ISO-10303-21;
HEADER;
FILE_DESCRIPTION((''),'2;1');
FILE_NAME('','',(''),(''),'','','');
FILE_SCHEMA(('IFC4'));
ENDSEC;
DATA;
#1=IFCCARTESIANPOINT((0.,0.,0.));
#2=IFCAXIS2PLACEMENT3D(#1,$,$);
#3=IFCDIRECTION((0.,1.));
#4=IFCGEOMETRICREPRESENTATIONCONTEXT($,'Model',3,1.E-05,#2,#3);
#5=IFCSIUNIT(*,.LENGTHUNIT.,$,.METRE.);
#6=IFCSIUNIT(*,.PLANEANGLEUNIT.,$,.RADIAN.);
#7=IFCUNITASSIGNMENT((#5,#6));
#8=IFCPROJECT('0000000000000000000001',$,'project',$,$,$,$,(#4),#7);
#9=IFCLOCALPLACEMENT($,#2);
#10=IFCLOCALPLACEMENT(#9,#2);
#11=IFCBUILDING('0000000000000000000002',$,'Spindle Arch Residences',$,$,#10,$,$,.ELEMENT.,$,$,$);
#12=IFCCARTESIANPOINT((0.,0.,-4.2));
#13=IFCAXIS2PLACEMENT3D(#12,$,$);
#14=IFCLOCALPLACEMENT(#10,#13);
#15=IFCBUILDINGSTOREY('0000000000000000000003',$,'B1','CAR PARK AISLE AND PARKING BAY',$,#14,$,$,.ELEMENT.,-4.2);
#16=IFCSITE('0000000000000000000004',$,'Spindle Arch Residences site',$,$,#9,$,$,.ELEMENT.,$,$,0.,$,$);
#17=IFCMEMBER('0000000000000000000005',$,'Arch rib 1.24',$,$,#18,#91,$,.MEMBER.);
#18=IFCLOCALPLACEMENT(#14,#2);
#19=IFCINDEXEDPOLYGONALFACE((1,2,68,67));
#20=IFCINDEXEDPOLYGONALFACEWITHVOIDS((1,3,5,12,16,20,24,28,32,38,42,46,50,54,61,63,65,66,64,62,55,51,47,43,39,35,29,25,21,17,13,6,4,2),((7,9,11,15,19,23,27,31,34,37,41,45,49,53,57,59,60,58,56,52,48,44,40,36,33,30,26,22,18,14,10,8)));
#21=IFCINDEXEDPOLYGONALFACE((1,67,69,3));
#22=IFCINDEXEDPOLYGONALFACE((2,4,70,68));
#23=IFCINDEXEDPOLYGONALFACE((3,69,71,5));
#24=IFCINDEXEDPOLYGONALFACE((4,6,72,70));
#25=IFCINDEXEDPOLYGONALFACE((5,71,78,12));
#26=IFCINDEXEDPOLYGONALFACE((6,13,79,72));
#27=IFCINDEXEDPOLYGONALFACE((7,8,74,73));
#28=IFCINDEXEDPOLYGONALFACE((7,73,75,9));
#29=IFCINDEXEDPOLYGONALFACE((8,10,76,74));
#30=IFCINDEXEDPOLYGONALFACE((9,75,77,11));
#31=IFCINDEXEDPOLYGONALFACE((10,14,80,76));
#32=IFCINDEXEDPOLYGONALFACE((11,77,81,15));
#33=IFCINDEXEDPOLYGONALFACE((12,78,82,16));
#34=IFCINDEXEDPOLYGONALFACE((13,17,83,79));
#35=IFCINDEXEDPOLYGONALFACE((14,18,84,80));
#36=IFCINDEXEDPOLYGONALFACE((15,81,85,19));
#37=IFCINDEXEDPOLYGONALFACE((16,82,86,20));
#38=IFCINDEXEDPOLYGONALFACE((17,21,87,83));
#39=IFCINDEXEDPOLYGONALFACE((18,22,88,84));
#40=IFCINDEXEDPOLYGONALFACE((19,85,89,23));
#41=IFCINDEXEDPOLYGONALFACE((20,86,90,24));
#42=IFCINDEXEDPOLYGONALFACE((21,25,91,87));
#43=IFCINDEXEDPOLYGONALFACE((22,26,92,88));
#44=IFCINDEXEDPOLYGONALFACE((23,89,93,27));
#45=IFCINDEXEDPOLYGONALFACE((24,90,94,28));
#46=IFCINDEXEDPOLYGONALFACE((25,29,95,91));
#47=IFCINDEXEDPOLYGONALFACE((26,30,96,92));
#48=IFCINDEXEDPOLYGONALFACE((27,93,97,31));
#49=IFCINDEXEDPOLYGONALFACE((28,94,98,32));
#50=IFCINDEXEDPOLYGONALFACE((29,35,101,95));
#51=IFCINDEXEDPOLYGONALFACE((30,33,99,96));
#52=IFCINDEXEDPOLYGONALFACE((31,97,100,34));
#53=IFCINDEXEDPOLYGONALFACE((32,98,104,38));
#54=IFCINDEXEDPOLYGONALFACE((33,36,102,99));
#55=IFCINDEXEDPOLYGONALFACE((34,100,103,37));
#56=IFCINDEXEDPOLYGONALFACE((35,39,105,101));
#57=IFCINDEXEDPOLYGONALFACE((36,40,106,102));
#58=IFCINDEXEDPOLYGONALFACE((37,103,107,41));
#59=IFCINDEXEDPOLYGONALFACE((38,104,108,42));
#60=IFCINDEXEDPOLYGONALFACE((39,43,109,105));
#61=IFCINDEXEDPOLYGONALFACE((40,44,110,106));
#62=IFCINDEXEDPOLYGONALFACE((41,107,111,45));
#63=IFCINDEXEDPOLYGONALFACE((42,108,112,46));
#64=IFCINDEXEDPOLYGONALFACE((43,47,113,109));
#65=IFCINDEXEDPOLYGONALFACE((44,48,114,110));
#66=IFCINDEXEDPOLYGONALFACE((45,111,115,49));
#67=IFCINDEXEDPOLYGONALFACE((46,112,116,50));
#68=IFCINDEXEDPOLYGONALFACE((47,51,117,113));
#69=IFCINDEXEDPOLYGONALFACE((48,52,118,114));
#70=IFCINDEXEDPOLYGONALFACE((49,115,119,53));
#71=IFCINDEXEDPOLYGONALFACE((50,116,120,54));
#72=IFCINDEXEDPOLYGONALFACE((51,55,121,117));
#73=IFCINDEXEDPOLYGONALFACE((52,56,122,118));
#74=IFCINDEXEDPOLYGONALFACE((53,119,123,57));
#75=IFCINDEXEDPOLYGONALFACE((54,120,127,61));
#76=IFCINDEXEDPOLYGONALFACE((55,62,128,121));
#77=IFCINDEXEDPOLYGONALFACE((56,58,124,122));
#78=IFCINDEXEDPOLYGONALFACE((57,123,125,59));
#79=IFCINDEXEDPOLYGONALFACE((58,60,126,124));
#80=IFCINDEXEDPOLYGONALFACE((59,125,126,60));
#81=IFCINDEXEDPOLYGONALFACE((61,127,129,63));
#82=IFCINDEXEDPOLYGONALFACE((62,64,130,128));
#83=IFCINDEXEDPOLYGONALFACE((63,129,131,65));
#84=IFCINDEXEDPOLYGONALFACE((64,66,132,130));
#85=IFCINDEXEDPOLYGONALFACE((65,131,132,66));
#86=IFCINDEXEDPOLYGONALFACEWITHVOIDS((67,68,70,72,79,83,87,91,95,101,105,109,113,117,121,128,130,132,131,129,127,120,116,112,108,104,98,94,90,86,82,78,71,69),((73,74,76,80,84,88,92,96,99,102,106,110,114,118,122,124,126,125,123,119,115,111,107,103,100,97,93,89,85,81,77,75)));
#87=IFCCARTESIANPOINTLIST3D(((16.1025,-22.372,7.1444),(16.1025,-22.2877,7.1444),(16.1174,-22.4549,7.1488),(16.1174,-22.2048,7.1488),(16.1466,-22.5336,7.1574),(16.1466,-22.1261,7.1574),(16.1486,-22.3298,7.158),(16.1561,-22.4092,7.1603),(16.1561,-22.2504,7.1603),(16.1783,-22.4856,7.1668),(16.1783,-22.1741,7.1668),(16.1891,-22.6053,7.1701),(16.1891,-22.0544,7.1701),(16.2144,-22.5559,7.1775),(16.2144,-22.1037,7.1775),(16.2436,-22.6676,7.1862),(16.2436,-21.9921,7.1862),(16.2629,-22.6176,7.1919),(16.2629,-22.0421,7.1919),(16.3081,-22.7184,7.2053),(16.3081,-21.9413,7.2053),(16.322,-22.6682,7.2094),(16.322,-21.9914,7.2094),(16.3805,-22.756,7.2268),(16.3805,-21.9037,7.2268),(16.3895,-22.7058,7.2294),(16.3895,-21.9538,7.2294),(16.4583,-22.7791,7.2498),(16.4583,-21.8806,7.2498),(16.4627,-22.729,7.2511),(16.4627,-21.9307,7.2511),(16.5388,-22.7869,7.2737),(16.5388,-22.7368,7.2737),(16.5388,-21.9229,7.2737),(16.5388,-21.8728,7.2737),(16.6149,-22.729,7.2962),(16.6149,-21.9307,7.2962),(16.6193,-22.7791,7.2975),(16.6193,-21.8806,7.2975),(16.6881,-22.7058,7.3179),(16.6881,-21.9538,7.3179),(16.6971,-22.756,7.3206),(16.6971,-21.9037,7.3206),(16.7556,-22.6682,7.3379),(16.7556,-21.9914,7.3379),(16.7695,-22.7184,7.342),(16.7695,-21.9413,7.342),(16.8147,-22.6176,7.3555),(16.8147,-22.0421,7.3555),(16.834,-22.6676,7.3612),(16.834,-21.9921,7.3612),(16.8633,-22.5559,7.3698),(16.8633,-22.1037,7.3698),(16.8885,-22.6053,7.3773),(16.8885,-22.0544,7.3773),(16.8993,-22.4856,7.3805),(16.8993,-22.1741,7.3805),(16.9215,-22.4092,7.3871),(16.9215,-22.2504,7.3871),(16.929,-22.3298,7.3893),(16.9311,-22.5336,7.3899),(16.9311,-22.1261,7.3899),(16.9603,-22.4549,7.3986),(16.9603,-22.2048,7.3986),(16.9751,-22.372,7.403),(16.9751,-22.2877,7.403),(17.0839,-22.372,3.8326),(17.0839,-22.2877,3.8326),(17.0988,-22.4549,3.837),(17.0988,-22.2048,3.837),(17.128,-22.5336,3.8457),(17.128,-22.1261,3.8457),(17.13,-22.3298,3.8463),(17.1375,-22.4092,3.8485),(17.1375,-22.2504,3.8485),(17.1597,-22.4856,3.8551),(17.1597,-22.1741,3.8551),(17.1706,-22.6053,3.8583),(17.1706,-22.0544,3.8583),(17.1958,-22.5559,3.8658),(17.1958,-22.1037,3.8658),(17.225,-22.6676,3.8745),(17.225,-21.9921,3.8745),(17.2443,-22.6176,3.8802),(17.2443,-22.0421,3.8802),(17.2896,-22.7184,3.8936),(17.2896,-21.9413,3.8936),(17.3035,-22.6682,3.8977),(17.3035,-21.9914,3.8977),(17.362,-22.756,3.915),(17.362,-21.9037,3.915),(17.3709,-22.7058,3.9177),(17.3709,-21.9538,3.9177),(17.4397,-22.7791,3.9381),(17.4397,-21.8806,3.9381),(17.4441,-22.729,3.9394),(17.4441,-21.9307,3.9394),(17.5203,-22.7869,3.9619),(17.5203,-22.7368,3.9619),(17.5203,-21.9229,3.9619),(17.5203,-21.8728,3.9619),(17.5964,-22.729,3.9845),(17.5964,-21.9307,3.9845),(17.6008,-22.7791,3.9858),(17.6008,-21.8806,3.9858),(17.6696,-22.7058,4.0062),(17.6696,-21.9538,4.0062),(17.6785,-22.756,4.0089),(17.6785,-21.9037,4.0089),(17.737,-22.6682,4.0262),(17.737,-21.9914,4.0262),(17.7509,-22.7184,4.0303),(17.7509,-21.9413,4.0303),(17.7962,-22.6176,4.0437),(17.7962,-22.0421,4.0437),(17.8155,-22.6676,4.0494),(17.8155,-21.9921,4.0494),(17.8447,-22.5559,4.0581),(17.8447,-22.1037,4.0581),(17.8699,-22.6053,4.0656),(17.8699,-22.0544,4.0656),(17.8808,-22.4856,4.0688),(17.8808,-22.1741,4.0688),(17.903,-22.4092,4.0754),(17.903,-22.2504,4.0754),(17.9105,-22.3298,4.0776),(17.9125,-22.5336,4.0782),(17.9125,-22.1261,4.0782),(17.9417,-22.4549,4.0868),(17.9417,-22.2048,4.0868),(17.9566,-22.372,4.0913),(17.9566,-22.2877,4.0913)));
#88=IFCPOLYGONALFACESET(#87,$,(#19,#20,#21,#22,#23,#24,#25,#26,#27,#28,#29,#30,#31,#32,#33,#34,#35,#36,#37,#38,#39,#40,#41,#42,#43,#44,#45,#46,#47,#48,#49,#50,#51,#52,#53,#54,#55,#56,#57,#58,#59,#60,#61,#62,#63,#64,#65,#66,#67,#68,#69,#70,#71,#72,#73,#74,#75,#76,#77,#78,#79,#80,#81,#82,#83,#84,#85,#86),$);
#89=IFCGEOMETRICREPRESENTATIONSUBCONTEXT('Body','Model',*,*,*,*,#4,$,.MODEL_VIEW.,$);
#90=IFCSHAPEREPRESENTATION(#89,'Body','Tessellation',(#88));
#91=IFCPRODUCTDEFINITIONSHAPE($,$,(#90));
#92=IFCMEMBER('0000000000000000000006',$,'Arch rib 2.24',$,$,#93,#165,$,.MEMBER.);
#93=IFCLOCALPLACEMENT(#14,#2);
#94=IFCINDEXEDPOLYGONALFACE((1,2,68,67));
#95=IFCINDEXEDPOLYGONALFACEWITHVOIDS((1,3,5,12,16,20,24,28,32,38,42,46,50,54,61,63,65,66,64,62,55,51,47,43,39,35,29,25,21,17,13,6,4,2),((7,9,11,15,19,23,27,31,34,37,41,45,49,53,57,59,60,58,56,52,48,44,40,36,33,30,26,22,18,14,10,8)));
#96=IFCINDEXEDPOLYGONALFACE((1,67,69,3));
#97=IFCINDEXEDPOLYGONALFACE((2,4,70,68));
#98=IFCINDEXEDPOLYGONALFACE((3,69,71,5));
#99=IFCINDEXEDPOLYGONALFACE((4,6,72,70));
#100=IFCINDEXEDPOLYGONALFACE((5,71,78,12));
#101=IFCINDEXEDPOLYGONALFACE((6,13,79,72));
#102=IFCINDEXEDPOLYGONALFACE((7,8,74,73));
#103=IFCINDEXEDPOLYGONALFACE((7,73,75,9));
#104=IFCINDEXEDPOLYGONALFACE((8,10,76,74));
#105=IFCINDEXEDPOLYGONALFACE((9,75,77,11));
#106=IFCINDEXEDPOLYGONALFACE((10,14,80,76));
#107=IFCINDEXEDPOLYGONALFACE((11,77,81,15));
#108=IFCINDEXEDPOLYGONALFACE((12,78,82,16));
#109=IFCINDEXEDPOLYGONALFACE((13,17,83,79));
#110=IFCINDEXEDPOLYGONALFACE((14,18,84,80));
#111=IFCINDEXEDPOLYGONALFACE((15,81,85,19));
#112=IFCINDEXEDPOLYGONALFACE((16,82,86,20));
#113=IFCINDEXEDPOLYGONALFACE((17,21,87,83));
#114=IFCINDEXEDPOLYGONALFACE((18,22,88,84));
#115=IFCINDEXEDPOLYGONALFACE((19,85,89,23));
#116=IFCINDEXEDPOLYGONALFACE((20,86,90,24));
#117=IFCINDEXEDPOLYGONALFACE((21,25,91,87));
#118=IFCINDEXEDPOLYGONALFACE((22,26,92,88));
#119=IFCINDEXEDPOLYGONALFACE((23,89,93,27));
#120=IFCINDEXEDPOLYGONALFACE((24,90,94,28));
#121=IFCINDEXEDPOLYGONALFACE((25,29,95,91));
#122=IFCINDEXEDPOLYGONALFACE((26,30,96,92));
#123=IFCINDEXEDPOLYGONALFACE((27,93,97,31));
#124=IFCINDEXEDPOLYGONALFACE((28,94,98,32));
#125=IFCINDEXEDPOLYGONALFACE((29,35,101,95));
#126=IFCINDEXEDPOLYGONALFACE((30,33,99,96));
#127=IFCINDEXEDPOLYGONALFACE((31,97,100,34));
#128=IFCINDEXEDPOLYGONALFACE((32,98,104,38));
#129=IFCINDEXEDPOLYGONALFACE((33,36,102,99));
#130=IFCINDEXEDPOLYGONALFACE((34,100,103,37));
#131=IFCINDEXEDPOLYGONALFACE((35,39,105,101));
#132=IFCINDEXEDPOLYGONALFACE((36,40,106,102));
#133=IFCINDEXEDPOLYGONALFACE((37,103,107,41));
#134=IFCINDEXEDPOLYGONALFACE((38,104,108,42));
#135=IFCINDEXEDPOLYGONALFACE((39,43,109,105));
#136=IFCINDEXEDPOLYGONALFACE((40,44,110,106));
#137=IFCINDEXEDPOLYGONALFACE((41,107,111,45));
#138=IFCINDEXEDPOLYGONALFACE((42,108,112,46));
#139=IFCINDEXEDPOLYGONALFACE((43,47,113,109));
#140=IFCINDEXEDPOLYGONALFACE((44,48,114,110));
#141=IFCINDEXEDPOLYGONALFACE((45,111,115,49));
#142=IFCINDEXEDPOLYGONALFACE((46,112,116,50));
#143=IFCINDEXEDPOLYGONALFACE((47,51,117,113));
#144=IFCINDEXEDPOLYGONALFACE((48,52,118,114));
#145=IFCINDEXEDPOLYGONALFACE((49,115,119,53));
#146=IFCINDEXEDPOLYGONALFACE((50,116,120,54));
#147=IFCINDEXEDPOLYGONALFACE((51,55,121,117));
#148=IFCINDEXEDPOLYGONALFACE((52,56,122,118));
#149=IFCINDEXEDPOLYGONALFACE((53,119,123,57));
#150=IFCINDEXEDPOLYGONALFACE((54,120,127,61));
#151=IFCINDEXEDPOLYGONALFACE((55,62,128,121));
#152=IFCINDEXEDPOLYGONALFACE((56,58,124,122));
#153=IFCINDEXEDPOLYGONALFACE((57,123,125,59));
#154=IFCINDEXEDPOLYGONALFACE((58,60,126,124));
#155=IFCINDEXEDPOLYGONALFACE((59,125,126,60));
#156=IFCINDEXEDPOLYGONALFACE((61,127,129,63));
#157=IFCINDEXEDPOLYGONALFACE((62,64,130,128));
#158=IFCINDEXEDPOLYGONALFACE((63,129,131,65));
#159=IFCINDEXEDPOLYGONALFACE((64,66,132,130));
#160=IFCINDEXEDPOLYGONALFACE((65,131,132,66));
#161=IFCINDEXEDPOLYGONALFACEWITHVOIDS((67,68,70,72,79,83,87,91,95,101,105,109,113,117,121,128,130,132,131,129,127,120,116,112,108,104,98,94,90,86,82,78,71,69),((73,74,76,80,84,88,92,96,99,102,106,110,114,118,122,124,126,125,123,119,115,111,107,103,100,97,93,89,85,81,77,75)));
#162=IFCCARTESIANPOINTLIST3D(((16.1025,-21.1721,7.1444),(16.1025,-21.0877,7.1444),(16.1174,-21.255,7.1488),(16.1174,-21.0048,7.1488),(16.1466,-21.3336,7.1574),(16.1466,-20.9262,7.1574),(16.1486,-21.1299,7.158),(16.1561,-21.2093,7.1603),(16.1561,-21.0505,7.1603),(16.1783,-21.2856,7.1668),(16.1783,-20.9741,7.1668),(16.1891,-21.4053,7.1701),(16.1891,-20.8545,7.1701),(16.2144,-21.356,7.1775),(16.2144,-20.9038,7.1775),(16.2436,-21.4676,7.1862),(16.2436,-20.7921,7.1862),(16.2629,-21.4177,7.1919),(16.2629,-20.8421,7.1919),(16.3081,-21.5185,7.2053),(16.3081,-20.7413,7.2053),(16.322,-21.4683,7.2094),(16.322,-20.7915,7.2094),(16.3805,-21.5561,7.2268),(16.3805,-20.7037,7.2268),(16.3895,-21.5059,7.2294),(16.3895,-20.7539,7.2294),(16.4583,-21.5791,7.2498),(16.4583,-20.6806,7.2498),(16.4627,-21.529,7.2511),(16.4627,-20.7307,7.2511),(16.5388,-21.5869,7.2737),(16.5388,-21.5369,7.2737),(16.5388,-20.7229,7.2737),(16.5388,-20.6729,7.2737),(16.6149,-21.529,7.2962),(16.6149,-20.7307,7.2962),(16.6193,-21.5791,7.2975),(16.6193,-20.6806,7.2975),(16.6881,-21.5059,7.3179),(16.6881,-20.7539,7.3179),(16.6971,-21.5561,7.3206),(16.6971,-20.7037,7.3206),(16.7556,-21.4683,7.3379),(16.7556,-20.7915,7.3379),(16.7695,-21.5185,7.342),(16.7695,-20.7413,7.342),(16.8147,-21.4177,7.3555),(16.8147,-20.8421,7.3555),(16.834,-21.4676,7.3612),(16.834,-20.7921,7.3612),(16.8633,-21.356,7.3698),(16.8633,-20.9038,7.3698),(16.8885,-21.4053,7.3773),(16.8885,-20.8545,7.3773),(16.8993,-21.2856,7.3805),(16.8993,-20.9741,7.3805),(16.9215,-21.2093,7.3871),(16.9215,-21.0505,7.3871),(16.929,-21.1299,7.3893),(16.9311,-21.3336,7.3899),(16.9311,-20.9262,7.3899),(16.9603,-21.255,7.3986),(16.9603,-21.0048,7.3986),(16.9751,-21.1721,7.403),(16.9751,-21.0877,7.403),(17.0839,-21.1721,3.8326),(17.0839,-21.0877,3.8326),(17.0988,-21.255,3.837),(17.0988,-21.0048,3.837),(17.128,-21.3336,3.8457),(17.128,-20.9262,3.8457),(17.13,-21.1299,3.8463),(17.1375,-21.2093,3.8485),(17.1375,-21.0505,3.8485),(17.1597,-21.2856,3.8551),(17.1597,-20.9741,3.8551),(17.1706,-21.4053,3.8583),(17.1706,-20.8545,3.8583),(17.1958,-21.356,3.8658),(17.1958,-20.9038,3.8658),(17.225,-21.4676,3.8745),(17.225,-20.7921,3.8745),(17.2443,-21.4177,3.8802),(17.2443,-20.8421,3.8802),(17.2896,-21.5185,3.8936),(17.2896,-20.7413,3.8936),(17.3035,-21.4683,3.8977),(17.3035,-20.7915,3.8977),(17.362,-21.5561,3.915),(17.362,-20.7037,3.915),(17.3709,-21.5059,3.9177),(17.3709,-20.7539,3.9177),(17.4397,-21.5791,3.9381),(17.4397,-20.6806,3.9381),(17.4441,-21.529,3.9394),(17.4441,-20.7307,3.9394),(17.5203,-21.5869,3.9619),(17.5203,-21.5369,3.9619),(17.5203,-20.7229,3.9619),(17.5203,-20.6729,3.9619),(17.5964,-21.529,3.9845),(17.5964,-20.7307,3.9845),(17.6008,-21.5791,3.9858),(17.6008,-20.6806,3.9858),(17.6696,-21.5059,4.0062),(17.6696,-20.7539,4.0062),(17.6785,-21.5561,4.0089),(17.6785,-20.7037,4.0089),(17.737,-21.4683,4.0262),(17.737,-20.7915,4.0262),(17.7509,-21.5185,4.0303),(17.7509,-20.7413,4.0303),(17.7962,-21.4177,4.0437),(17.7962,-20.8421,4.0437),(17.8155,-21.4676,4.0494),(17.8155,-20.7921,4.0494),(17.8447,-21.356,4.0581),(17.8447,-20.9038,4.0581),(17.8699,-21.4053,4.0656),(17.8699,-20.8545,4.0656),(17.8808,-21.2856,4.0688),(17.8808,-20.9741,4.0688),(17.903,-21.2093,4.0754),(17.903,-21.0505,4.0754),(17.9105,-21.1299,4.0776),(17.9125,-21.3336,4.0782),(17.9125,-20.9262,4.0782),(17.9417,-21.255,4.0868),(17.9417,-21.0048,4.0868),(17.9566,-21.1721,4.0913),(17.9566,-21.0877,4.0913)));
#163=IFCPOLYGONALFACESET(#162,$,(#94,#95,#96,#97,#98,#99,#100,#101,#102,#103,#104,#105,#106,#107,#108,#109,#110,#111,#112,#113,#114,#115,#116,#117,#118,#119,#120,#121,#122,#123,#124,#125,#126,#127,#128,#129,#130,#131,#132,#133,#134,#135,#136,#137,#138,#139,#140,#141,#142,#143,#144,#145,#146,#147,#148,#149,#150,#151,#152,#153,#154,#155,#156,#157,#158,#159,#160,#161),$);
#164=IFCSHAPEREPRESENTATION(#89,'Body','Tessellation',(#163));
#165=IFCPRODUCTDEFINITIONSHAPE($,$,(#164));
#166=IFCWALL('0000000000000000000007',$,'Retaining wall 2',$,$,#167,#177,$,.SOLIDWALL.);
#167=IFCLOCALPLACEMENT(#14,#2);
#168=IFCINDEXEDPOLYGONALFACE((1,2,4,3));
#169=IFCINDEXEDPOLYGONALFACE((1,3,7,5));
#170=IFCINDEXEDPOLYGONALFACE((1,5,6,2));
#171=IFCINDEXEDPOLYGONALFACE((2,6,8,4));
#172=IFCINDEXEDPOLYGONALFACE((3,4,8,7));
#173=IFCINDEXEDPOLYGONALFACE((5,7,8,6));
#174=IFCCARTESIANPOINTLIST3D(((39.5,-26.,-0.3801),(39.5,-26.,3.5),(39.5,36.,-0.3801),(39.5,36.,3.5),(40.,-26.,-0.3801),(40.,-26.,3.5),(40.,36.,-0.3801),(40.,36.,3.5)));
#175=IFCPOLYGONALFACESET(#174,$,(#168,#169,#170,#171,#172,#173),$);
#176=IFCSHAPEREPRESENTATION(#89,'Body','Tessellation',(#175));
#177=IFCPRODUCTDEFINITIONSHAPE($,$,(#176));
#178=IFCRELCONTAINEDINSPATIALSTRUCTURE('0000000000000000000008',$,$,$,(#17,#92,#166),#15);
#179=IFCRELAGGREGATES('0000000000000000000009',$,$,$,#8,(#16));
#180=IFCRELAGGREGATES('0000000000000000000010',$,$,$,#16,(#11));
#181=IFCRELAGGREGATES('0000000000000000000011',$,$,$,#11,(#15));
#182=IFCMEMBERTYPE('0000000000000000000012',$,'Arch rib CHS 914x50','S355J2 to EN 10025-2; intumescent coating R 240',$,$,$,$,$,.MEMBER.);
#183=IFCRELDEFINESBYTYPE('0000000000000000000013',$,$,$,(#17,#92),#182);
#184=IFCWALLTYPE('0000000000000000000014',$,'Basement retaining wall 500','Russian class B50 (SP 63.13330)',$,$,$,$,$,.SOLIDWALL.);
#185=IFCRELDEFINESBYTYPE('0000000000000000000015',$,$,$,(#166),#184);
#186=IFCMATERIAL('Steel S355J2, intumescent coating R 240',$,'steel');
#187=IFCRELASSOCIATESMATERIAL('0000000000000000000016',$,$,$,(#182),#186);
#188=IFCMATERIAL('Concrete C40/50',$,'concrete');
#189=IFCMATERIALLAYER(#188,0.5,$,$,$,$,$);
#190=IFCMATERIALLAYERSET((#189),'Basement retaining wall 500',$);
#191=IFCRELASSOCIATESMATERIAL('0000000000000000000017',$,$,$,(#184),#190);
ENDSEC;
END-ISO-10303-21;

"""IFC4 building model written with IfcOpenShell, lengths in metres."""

from ifc_helpers import new_model, si_unit, direction, frame, frame_2d, origin, origin_2d, place, context, subcontext, project, spatial, rectangle, hollow_circle, extrude, material, layer, layer_set, material_profile, profile_set, type_object, element, save


model = new_model("IFC4")

# Units and contexts
model_context = context("Model", 3, precision=1e-05, world=origin(), true_north=direction((0.0, 1.0)))
body_context = subcontext(model_context, "Body", "Model", "MODEL_VIEW")
ifc_project = project(units=[si_unit("LENGTHUNIT", "METRE"), si_unit("PLANEANGLEUNIT", "RADIAN")], contexts=[model_context])

# Site, building, storey
site_placement = place(None, origin())
site = spatial("IfcSite", under=ifc_project, at=site_placement, Name="Spindle Arch Residences site", CompositionType="ELEMENT", RefElevation=0.0)
building_placement = place(site_placement, origin())
building = spatial("IfcBuilding", under=site, at=building_placement, Name="Spindle Arch Residences", CompositionType="ELEMENT")
storey_placement = place(building_placement, frame((0.0, 0.0, -4.2)))
storey = spatial("IfcBuildingStorey", under=building, at=storey_placement, Name="B1", Description="CAR PARK AISLE AND PARKING BAY", CompositionType="ELEMENT", Elevation=-4.2)

# Members
ifc_material_1 = material(Name="Steel S355J2, intumescent coating R 240", Category="steel")
ifc_material_profile_1 = material_profile(ifc_material_1, hollow_circle(Radius=0.457, WallThickness=0.05, at=origin_2d()), Name="CHS 914x50")
ifc_profile_set_1 = profile_set([ifc_material_profile_1], Name="Steel S355J2, intumescent coating R 240")
member_type = type_object("IfcMemberType", Name="Arch rib CHS 914x50", Description="S355J2 to EN 10025-2; intumescent coating R 240", PredefinedType="MEMBER", material=ifc_profile_set_1)
for number, where, z_axis, x_axis, name in (
    (1, (16.5388, -22.3298, 7.2737), (0.284136, 0.0, -0.958784), (0.0, 1.0, 0.0), "Arch rib 1.24"),
    (2, (16.5388, -21.1299, 7.2737), (0.284136, 0.0, -0.958784), (0.0, 1.0, 0.0), "Arch rib 2.24"),
):
    element("IfcMember", number, at=place(storey_placement, frame(where, z_axis=z_axis, x_axis=x_axis)), inside=storey, type_object=member_type, Name=name, PredefinedType="MEMBER", context=body_context, shape_type="SweptSolid", body=[
        extrude(hollow_circle(Radius=0.457, WallThickness=0.05, at=origin_2d()), origin(), (0.0, 0.0, 1.0), 3.4541),
    ])

# Wall
ifc_material_2 = material(Name="Concrete C40/50", Category="concrete")
ifc_layer_1 = layer(ifc_material_2, 0.5)
ifc_layer_set_1 = layer_set([ifc_layer_1], Name="Basement retaining wall 500")
wall_type_1 = type_object("IfcWallType", Name="Basement retaining wall 500", Description="Russian class B50 (SP 63.13330)", PredefinedType="SOLIDWALL", material=ifc_layer_set_1)
wall_1_placement = place(storey_placement, frame((39.75, -26.0, -0.3801), z_axis=(0.0, 0.0, 1.0), x_axis=(0.0, 1.0, 0.0)))
element("IfcWall", 3, at=wall_1_placement, inside=storey, type_object=wall_type_1, Name="Retaining wall 2", PredefinedType="SOLIDWALL", context=body_context, shape_type="SweptSolid", body=[
    extrude(rectangle(XDim=62.0, YDim=0.5, at=frame_2d((31.0, 0.0))), origin(), (0.0, 0.0, 1.0), 3.8801),
])

save(model, "model.ifc")
